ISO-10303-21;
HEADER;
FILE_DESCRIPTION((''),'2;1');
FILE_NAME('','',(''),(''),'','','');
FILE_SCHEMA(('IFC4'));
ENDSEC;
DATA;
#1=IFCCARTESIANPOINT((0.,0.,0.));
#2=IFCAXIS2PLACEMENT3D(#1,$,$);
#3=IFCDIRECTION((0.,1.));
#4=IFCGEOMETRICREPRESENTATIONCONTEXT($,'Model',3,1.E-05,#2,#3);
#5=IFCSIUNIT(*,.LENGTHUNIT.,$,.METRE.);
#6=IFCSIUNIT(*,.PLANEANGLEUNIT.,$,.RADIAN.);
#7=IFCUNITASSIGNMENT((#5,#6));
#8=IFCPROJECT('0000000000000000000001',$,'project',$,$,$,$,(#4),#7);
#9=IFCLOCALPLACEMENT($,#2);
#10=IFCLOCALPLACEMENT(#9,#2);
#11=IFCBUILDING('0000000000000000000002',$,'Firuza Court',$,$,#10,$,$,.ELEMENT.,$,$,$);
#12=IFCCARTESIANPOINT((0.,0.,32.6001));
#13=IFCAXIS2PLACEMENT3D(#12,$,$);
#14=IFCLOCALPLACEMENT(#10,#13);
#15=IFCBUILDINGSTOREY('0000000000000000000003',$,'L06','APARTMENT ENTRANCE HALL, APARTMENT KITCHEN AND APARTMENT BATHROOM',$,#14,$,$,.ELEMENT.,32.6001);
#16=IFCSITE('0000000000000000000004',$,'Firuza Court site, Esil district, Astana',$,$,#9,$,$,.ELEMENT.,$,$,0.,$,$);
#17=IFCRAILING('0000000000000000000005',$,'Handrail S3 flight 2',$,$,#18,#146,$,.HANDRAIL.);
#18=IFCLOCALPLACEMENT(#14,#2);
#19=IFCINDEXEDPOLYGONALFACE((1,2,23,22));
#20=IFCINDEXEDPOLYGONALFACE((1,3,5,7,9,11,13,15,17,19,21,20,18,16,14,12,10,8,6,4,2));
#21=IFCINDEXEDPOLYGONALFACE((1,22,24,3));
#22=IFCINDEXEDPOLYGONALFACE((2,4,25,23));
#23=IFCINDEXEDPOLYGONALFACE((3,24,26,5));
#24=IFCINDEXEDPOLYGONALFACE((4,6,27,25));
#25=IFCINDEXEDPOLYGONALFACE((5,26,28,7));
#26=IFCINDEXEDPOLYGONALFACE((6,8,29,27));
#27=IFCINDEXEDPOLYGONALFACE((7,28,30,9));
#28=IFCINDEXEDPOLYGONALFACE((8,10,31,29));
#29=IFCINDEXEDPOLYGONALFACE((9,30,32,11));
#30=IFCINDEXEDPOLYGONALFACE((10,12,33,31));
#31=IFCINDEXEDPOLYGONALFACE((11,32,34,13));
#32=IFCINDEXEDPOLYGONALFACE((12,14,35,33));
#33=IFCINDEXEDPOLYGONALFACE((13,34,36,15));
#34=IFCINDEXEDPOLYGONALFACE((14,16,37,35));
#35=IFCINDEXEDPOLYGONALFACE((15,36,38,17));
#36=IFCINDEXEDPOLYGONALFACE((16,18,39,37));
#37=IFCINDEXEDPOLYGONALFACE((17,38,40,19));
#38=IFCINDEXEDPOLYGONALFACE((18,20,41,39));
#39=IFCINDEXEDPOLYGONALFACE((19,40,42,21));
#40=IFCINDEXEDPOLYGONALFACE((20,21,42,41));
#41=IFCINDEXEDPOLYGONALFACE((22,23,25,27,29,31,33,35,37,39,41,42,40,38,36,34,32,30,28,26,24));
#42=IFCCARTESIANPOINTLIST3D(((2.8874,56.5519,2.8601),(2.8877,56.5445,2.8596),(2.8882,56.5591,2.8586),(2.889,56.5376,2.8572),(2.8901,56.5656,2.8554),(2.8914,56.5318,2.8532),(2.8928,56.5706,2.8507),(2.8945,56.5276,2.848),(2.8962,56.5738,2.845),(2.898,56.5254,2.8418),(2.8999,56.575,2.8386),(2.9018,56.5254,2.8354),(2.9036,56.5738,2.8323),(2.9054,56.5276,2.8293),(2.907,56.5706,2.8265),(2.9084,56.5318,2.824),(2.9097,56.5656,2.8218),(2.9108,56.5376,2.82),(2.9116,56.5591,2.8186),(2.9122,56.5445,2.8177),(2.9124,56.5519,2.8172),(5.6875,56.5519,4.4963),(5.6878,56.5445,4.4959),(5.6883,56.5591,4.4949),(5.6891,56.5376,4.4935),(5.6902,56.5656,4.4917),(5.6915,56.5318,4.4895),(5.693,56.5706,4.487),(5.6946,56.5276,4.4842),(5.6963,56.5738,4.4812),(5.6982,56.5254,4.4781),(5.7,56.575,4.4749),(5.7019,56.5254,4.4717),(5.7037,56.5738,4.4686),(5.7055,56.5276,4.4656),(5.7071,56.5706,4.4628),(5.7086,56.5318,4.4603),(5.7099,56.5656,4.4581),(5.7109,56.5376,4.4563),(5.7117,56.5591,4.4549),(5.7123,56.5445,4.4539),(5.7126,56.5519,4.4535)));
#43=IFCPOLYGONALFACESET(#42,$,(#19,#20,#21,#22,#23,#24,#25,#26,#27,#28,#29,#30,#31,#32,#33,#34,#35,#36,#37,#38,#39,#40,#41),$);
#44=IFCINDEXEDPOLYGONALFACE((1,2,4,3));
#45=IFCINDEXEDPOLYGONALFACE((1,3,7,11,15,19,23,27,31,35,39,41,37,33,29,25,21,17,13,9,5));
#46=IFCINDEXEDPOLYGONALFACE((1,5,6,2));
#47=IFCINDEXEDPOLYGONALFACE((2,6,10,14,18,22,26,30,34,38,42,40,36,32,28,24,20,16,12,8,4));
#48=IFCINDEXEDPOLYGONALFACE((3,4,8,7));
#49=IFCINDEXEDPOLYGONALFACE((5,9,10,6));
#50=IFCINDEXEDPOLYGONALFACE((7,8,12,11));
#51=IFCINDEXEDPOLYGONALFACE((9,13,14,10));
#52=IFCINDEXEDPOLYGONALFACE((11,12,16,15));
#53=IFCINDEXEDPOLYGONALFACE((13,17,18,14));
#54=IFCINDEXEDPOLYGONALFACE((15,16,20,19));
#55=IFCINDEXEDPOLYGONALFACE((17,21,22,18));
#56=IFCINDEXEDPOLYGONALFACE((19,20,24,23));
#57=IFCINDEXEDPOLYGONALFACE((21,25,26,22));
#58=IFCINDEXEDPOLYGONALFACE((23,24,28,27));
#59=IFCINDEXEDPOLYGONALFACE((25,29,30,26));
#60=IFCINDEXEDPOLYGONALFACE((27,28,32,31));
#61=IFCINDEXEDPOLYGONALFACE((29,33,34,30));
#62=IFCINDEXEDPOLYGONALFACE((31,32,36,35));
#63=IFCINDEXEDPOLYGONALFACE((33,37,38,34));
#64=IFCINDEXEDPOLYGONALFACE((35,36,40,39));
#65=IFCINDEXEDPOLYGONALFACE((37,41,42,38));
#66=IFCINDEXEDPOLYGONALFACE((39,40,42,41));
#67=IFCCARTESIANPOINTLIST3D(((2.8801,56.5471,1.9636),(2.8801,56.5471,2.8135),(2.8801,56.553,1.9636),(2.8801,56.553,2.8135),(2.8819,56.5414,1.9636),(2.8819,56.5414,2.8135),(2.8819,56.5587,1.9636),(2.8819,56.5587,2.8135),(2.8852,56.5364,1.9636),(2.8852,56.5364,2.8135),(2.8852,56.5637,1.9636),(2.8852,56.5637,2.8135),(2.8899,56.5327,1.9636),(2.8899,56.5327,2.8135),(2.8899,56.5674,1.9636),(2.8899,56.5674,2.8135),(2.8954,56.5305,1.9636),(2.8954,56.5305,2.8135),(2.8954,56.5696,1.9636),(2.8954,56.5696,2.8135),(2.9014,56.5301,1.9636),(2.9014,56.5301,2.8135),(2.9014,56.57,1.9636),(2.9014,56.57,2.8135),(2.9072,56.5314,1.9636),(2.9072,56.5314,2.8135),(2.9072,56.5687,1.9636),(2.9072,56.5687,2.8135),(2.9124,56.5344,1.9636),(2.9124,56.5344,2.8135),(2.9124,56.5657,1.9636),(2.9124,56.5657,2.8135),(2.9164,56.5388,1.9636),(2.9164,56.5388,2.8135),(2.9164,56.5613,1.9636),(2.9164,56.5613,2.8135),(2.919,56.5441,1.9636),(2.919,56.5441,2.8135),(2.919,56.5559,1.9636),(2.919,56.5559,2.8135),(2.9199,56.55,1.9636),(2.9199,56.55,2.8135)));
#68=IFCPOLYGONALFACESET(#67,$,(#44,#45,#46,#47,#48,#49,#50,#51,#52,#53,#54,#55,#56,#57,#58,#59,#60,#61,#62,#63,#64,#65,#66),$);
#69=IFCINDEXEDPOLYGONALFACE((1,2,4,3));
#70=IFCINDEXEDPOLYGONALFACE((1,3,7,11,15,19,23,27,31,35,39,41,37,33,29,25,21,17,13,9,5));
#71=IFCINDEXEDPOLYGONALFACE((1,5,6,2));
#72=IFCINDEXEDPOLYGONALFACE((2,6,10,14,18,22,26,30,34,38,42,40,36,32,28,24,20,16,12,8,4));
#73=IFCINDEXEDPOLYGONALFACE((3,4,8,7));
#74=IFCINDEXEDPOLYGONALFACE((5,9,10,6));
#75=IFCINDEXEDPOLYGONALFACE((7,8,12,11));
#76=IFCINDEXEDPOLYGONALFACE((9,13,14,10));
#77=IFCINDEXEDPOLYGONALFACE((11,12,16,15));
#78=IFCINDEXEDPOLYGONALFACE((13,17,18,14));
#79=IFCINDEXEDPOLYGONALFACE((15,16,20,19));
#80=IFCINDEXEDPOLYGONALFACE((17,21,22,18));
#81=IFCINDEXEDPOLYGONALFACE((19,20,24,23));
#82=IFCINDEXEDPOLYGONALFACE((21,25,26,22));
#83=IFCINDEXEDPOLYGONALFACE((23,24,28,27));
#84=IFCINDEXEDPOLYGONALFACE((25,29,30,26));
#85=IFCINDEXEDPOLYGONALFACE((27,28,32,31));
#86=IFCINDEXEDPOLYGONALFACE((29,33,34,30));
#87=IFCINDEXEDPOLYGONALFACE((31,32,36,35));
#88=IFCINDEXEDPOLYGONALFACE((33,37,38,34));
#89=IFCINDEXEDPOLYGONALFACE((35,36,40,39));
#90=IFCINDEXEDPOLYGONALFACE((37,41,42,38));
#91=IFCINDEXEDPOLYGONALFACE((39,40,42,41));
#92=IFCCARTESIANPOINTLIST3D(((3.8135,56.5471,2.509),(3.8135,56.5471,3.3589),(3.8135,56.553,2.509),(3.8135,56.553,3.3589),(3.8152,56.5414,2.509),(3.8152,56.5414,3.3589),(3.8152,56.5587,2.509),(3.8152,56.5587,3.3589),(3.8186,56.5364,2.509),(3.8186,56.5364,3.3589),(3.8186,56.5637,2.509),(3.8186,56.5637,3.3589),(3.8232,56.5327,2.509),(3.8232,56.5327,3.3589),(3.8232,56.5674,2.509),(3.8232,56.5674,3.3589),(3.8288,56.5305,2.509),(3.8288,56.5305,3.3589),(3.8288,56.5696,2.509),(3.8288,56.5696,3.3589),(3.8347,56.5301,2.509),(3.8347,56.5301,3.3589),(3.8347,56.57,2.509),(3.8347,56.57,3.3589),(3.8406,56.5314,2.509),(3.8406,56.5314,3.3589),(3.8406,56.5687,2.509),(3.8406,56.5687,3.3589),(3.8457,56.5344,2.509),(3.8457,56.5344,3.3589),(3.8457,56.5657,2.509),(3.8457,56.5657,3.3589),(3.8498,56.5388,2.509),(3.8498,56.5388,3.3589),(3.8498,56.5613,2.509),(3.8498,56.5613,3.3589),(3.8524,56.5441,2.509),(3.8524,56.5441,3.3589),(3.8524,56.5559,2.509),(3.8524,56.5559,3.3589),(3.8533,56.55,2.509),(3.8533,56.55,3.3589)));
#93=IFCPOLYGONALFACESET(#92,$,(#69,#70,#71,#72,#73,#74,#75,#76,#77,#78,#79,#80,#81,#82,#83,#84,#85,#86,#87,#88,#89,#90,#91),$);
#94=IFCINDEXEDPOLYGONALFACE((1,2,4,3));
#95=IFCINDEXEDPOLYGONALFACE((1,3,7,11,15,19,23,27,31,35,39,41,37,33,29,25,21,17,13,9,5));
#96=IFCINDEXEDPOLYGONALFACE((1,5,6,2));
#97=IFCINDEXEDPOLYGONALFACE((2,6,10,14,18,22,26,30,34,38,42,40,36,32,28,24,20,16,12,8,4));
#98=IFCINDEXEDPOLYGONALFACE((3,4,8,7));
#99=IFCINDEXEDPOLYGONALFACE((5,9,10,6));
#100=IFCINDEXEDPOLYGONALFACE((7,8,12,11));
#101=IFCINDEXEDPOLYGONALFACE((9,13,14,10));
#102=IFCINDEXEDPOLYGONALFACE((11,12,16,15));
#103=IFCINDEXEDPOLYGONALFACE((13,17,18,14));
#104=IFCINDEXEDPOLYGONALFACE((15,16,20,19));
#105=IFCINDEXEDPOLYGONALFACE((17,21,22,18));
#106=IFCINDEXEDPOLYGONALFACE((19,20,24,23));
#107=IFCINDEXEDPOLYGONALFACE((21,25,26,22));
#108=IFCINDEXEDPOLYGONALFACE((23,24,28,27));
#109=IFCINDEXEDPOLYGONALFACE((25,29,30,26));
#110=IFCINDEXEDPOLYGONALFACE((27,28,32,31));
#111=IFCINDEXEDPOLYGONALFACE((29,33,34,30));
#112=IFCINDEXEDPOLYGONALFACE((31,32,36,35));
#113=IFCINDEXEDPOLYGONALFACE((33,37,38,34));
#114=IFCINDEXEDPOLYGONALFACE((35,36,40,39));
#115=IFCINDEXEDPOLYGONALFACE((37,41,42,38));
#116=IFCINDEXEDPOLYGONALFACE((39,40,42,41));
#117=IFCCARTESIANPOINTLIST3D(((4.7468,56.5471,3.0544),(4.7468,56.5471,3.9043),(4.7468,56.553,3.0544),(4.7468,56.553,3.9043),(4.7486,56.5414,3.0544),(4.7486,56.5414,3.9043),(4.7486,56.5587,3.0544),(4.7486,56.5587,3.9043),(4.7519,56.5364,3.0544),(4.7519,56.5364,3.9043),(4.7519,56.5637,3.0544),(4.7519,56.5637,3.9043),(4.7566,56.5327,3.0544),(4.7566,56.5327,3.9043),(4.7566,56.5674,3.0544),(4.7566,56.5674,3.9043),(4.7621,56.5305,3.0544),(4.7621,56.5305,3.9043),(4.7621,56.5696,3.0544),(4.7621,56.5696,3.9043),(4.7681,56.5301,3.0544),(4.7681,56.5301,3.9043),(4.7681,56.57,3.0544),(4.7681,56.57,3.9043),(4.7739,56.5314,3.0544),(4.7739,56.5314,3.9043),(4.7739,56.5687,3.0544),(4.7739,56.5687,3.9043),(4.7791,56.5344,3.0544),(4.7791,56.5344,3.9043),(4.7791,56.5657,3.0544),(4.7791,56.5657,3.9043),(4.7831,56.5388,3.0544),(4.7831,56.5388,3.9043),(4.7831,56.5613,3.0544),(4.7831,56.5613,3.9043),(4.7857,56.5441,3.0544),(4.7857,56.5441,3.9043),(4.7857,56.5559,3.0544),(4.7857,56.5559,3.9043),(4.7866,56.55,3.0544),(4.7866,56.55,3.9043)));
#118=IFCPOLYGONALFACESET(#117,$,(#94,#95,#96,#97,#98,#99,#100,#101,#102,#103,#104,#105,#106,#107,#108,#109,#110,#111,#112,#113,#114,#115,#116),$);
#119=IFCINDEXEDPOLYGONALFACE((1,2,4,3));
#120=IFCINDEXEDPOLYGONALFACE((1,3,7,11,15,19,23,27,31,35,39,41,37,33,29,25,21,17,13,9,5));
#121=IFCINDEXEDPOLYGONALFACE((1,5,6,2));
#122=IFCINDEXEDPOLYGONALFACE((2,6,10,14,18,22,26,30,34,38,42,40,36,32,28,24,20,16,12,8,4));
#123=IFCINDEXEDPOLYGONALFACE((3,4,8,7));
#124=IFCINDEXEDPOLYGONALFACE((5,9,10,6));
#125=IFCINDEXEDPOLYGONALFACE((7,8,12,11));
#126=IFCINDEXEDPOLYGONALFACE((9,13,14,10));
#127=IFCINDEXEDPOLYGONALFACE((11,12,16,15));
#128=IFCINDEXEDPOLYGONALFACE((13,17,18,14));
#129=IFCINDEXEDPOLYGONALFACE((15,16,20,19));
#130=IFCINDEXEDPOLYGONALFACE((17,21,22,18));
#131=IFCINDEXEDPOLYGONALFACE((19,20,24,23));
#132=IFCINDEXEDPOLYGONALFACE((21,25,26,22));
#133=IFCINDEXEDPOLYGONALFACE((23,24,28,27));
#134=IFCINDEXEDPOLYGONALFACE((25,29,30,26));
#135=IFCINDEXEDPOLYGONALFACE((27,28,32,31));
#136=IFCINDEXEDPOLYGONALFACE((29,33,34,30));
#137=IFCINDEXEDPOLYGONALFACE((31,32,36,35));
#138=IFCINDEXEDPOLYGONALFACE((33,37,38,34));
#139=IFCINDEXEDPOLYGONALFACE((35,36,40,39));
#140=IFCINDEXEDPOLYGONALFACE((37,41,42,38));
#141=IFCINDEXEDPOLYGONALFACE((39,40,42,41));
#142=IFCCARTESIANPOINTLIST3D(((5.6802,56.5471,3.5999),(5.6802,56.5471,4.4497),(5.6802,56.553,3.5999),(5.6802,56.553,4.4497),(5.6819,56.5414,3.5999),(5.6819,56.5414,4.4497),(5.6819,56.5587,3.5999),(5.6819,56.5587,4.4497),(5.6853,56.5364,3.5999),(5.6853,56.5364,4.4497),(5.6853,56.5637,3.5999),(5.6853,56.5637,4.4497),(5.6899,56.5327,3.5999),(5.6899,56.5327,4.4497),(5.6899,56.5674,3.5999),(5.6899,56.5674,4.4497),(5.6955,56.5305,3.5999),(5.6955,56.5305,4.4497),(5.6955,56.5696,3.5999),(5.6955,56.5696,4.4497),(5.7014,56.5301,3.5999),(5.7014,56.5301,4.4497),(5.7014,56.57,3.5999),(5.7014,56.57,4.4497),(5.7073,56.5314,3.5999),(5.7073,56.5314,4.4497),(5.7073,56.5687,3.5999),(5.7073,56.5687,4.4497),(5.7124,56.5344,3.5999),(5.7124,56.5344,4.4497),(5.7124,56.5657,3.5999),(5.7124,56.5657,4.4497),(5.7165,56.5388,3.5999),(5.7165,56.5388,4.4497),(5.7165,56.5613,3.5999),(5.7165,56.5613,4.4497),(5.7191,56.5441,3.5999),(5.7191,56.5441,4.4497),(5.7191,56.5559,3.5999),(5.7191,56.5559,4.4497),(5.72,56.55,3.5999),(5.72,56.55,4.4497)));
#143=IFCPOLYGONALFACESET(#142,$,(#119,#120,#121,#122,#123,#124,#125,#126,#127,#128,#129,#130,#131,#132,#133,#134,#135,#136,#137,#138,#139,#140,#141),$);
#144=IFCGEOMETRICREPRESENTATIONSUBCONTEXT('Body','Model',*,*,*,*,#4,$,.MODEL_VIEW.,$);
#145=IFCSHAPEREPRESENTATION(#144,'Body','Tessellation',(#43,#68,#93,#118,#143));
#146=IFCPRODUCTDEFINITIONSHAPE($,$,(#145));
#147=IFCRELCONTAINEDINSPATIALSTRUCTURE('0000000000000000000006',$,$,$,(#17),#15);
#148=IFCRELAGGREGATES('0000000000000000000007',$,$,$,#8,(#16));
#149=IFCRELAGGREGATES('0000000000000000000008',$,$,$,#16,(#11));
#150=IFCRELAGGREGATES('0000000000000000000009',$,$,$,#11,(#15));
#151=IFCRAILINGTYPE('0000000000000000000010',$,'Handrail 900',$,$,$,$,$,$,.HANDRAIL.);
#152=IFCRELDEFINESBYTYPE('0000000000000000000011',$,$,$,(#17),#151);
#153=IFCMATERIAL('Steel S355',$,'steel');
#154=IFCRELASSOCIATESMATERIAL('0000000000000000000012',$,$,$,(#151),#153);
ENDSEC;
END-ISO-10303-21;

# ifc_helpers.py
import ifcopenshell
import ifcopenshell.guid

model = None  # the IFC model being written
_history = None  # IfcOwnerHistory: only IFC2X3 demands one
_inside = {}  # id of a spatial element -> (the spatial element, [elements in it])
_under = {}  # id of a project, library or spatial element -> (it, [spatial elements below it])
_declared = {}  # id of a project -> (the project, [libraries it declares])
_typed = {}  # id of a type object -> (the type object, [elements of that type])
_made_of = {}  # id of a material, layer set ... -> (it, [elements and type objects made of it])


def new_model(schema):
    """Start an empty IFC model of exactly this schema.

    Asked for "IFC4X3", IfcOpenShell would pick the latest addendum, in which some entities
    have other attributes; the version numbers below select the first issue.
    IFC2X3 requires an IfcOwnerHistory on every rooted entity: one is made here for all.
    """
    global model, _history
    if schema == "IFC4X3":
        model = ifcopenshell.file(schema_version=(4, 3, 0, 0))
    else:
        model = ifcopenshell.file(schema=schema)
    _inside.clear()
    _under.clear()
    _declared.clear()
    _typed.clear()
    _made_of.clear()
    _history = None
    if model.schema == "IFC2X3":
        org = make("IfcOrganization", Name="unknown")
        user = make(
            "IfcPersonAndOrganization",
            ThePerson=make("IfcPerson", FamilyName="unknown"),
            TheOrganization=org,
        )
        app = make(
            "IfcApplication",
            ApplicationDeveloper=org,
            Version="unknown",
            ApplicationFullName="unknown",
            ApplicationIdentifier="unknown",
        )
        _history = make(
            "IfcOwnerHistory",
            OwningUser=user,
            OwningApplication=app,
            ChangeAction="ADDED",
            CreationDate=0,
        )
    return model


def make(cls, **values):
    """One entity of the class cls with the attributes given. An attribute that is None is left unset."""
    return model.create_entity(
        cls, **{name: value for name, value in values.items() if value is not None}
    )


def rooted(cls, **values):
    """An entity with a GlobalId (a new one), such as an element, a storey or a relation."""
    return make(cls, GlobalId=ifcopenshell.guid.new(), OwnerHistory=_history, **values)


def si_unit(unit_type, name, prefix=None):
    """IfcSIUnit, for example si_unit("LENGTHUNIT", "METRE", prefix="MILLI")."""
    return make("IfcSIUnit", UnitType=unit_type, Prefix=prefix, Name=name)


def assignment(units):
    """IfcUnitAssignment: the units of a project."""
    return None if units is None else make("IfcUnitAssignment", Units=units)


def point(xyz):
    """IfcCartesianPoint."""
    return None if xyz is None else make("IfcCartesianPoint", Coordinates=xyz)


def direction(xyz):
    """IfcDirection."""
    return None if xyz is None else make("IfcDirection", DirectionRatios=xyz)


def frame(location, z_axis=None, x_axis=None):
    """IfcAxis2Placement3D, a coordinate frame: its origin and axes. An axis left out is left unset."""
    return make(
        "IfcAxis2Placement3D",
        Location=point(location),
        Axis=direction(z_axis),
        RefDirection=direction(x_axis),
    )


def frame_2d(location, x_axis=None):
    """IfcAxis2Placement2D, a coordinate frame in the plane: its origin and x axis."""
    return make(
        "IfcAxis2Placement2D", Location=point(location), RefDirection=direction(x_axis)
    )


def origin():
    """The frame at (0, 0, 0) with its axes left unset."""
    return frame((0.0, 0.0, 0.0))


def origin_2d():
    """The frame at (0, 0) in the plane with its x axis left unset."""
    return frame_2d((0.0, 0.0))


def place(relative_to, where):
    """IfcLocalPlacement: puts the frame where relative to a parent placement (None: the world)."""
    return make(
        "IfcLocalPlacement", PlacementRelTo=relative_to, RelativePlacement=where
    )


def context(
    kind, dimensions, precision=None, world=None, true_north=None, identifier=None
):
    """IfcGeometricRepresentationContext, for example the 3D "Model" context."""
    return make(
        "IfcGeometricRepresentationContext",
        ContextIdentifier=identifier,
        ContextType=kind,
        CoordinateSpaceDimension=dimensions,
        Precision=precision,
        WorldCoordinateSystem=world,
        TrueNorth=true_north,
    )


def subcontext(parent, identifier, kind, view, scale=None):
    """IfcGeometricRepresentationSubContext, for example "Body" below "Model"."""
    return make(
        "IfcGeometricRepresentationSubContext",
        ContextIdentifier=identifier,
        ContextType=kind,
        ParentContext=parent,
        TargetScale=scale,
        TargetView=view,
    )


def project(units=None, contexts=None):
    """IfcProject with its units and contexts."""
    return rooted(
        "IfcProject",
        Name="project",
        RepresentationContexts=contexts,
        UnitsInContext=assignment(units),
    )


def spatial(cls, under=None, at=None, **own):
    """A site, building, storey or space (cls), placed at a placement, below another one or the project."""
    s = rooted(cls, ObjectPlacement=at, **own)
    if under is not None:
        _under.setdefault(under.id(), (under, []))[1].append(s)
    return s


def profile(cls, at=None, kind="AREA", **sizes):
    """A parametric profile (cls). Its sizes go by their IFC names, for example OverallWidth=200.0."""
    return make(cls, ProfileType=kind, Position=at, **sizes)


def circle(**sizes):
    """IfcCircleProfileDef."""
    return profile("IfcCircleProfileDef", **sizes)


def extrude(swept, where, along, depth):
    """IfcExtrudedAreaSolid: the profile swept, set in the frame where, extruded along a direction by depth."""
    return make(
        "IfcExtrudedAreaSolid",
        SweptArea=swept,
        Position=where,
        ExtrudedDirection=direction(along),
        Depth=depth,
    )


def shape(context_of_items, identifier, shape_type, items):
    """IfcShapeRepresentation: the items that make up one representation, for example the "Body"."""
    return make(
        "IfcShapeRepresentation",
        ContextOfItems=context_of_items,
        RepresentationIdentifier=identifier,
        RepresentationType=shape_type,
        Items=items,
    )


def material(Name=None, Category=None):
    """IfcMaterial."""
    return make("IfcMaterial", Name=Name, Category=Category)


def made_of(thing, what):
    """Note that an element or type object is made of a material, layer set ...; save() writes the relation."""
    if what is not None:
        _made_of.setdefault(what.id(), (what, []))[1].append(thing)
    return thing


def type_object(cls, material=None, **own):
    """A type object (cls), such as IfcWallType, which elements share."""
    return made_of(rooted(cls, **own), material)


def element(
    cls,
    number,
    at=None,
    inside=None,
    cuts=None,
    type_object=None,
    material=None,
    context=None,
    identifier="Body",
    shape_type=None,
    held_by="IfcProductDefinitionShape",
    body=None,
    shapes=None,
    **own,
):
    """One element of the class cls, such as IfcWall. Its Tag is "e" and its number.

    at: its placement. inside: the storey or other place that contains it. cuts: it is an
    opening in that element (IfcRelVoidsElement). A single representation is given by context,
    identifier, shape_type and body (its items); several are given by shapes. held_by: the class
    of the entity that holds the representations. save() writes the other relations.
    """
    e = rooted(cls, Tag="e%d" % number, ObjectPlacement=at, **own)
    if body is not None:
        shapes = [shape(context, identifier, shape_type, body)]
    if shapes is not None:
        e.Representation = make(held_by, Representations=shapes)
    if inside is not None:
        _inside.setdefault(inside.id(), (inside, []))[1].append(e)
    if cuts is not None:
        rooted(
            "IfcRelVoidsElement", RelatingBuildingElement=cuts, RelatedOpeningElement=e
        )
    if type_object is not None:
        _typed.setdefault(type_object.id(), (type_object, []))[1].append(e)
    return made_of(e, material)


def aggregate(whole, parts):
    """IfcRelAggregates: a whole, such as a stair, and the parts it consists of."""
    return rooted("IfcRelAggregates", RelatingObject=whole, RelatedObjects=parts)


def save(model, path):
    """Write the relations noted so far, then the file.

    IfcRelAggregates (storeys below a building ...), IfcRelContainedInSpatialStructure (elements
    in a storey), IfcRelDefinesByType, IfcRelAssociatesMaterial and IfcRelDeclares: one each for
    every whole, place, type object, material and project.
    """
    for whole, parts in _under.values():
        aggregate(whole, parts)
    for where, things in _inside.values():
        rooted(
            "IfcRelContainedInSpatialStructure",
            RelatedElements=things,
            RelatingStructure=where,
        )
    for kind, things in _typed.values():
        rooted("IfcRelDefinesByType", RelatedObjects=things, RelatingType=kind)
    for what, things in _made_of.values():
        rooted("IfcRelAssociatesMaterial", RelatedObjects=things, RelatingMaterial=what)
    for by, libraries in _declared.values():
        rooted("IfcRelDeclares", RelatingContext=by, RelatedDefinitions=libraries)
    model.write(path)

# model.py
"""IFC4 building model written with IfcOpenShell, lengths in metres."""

from ifc_helpers import new_model, si_unit, direction, frame, origin, origin_2d, place, context, subcontext, project, spatial, circle, extrude, material, type_object, element, save


model = new_model("IFC4")

# Units and contexts
model_context = context("Model", 3, precision=1e-05, world=origin(), true_north=direction((0.0, 1.0)))
body_context = subcontext(model_context, "Body", "Model", "MODEL_VIEW")
ifc_project = project(units=[si_unit("LENGTHUNIT", "METRE"), si_unit("PLANEANGLEUNIT", "RADIAN")], contexts=[model_context])

# Site, building, storey
site_placement = place(None, origin())
site = spatial("IfcSite", under=ifc_project, at=site_placement, Name="Firuza Court site, Esil district, Astana", CompositionType="ELEMENT", RefElevation=0.0)
building_placement = place(site_placement, origin())
building = spatial("IfcBuilding", under=site, at=building_placement, Name="Firuza Court", CompositionType="ELEMENT")
storey_placement = place(building_placement, frame((0.0, 0.0, 32.6001)))
storey = spatial("IfcBuildingStorey", under=building, at=storey_placement, Name="L06", Description="APARTMENT ENTRANCE HALL, APARTMENT KITCHEN AND APARTMENT BATHROOM", CompositionType="ELEMENT", Elevation=32.6001)

# Railing
ifc_material_1 = material(Name="Steel S355", Category="steel")
railing_type_1 = type_object("IfcRailingType", Name="Handrail 900", PredefinedType="HANDRAIL", material=ifc_material_1)
railing_1_placement = place(storey_placement, frame((2.8999, 56.55, 1.9636)))
element("IfcRailing", 1, at=railing_1_placement, inside=storey, type_object=railing_type_1, Name="Handrail S3 flight 2", PredefinedType="HANDRAIL", context=body_context, shape_type="SweptSolid", body=[
    extrude(circle(Radius=0.0249, at=origin_2d()), frame((0.0, 0.0, 0.875), z_axis=(0.863394, 0.0, 0.504531), x_axis=(0.0, 1.0, 0.0)), (0.0, 0.0, 1.0), 3.2432),
    extrude(circle(Radius=0.02, at=origin_2d()), origin(), (0.0, 0.0, 1.0), 0.8499),
    extrude(circle(Radius=0.02, at=origin_2d()), frame((0.9333, 0.0, 0.5454)), (0.0, 0.0, 1.0), 0.8499),
    extrude(circle(Radius=0.02, at=origin_2d()), frame((1.8667, 0.0, 1.0908)), (0.0, 0.0, 1.0), 0.8499),
    extrude(circle(Radius=0.02, at=origin_2d()), frame((2.8, 0.0, 1.6362)), (0.0, 0.0, 1.0), 0.8499),
])

save(model, "model.ifc")
